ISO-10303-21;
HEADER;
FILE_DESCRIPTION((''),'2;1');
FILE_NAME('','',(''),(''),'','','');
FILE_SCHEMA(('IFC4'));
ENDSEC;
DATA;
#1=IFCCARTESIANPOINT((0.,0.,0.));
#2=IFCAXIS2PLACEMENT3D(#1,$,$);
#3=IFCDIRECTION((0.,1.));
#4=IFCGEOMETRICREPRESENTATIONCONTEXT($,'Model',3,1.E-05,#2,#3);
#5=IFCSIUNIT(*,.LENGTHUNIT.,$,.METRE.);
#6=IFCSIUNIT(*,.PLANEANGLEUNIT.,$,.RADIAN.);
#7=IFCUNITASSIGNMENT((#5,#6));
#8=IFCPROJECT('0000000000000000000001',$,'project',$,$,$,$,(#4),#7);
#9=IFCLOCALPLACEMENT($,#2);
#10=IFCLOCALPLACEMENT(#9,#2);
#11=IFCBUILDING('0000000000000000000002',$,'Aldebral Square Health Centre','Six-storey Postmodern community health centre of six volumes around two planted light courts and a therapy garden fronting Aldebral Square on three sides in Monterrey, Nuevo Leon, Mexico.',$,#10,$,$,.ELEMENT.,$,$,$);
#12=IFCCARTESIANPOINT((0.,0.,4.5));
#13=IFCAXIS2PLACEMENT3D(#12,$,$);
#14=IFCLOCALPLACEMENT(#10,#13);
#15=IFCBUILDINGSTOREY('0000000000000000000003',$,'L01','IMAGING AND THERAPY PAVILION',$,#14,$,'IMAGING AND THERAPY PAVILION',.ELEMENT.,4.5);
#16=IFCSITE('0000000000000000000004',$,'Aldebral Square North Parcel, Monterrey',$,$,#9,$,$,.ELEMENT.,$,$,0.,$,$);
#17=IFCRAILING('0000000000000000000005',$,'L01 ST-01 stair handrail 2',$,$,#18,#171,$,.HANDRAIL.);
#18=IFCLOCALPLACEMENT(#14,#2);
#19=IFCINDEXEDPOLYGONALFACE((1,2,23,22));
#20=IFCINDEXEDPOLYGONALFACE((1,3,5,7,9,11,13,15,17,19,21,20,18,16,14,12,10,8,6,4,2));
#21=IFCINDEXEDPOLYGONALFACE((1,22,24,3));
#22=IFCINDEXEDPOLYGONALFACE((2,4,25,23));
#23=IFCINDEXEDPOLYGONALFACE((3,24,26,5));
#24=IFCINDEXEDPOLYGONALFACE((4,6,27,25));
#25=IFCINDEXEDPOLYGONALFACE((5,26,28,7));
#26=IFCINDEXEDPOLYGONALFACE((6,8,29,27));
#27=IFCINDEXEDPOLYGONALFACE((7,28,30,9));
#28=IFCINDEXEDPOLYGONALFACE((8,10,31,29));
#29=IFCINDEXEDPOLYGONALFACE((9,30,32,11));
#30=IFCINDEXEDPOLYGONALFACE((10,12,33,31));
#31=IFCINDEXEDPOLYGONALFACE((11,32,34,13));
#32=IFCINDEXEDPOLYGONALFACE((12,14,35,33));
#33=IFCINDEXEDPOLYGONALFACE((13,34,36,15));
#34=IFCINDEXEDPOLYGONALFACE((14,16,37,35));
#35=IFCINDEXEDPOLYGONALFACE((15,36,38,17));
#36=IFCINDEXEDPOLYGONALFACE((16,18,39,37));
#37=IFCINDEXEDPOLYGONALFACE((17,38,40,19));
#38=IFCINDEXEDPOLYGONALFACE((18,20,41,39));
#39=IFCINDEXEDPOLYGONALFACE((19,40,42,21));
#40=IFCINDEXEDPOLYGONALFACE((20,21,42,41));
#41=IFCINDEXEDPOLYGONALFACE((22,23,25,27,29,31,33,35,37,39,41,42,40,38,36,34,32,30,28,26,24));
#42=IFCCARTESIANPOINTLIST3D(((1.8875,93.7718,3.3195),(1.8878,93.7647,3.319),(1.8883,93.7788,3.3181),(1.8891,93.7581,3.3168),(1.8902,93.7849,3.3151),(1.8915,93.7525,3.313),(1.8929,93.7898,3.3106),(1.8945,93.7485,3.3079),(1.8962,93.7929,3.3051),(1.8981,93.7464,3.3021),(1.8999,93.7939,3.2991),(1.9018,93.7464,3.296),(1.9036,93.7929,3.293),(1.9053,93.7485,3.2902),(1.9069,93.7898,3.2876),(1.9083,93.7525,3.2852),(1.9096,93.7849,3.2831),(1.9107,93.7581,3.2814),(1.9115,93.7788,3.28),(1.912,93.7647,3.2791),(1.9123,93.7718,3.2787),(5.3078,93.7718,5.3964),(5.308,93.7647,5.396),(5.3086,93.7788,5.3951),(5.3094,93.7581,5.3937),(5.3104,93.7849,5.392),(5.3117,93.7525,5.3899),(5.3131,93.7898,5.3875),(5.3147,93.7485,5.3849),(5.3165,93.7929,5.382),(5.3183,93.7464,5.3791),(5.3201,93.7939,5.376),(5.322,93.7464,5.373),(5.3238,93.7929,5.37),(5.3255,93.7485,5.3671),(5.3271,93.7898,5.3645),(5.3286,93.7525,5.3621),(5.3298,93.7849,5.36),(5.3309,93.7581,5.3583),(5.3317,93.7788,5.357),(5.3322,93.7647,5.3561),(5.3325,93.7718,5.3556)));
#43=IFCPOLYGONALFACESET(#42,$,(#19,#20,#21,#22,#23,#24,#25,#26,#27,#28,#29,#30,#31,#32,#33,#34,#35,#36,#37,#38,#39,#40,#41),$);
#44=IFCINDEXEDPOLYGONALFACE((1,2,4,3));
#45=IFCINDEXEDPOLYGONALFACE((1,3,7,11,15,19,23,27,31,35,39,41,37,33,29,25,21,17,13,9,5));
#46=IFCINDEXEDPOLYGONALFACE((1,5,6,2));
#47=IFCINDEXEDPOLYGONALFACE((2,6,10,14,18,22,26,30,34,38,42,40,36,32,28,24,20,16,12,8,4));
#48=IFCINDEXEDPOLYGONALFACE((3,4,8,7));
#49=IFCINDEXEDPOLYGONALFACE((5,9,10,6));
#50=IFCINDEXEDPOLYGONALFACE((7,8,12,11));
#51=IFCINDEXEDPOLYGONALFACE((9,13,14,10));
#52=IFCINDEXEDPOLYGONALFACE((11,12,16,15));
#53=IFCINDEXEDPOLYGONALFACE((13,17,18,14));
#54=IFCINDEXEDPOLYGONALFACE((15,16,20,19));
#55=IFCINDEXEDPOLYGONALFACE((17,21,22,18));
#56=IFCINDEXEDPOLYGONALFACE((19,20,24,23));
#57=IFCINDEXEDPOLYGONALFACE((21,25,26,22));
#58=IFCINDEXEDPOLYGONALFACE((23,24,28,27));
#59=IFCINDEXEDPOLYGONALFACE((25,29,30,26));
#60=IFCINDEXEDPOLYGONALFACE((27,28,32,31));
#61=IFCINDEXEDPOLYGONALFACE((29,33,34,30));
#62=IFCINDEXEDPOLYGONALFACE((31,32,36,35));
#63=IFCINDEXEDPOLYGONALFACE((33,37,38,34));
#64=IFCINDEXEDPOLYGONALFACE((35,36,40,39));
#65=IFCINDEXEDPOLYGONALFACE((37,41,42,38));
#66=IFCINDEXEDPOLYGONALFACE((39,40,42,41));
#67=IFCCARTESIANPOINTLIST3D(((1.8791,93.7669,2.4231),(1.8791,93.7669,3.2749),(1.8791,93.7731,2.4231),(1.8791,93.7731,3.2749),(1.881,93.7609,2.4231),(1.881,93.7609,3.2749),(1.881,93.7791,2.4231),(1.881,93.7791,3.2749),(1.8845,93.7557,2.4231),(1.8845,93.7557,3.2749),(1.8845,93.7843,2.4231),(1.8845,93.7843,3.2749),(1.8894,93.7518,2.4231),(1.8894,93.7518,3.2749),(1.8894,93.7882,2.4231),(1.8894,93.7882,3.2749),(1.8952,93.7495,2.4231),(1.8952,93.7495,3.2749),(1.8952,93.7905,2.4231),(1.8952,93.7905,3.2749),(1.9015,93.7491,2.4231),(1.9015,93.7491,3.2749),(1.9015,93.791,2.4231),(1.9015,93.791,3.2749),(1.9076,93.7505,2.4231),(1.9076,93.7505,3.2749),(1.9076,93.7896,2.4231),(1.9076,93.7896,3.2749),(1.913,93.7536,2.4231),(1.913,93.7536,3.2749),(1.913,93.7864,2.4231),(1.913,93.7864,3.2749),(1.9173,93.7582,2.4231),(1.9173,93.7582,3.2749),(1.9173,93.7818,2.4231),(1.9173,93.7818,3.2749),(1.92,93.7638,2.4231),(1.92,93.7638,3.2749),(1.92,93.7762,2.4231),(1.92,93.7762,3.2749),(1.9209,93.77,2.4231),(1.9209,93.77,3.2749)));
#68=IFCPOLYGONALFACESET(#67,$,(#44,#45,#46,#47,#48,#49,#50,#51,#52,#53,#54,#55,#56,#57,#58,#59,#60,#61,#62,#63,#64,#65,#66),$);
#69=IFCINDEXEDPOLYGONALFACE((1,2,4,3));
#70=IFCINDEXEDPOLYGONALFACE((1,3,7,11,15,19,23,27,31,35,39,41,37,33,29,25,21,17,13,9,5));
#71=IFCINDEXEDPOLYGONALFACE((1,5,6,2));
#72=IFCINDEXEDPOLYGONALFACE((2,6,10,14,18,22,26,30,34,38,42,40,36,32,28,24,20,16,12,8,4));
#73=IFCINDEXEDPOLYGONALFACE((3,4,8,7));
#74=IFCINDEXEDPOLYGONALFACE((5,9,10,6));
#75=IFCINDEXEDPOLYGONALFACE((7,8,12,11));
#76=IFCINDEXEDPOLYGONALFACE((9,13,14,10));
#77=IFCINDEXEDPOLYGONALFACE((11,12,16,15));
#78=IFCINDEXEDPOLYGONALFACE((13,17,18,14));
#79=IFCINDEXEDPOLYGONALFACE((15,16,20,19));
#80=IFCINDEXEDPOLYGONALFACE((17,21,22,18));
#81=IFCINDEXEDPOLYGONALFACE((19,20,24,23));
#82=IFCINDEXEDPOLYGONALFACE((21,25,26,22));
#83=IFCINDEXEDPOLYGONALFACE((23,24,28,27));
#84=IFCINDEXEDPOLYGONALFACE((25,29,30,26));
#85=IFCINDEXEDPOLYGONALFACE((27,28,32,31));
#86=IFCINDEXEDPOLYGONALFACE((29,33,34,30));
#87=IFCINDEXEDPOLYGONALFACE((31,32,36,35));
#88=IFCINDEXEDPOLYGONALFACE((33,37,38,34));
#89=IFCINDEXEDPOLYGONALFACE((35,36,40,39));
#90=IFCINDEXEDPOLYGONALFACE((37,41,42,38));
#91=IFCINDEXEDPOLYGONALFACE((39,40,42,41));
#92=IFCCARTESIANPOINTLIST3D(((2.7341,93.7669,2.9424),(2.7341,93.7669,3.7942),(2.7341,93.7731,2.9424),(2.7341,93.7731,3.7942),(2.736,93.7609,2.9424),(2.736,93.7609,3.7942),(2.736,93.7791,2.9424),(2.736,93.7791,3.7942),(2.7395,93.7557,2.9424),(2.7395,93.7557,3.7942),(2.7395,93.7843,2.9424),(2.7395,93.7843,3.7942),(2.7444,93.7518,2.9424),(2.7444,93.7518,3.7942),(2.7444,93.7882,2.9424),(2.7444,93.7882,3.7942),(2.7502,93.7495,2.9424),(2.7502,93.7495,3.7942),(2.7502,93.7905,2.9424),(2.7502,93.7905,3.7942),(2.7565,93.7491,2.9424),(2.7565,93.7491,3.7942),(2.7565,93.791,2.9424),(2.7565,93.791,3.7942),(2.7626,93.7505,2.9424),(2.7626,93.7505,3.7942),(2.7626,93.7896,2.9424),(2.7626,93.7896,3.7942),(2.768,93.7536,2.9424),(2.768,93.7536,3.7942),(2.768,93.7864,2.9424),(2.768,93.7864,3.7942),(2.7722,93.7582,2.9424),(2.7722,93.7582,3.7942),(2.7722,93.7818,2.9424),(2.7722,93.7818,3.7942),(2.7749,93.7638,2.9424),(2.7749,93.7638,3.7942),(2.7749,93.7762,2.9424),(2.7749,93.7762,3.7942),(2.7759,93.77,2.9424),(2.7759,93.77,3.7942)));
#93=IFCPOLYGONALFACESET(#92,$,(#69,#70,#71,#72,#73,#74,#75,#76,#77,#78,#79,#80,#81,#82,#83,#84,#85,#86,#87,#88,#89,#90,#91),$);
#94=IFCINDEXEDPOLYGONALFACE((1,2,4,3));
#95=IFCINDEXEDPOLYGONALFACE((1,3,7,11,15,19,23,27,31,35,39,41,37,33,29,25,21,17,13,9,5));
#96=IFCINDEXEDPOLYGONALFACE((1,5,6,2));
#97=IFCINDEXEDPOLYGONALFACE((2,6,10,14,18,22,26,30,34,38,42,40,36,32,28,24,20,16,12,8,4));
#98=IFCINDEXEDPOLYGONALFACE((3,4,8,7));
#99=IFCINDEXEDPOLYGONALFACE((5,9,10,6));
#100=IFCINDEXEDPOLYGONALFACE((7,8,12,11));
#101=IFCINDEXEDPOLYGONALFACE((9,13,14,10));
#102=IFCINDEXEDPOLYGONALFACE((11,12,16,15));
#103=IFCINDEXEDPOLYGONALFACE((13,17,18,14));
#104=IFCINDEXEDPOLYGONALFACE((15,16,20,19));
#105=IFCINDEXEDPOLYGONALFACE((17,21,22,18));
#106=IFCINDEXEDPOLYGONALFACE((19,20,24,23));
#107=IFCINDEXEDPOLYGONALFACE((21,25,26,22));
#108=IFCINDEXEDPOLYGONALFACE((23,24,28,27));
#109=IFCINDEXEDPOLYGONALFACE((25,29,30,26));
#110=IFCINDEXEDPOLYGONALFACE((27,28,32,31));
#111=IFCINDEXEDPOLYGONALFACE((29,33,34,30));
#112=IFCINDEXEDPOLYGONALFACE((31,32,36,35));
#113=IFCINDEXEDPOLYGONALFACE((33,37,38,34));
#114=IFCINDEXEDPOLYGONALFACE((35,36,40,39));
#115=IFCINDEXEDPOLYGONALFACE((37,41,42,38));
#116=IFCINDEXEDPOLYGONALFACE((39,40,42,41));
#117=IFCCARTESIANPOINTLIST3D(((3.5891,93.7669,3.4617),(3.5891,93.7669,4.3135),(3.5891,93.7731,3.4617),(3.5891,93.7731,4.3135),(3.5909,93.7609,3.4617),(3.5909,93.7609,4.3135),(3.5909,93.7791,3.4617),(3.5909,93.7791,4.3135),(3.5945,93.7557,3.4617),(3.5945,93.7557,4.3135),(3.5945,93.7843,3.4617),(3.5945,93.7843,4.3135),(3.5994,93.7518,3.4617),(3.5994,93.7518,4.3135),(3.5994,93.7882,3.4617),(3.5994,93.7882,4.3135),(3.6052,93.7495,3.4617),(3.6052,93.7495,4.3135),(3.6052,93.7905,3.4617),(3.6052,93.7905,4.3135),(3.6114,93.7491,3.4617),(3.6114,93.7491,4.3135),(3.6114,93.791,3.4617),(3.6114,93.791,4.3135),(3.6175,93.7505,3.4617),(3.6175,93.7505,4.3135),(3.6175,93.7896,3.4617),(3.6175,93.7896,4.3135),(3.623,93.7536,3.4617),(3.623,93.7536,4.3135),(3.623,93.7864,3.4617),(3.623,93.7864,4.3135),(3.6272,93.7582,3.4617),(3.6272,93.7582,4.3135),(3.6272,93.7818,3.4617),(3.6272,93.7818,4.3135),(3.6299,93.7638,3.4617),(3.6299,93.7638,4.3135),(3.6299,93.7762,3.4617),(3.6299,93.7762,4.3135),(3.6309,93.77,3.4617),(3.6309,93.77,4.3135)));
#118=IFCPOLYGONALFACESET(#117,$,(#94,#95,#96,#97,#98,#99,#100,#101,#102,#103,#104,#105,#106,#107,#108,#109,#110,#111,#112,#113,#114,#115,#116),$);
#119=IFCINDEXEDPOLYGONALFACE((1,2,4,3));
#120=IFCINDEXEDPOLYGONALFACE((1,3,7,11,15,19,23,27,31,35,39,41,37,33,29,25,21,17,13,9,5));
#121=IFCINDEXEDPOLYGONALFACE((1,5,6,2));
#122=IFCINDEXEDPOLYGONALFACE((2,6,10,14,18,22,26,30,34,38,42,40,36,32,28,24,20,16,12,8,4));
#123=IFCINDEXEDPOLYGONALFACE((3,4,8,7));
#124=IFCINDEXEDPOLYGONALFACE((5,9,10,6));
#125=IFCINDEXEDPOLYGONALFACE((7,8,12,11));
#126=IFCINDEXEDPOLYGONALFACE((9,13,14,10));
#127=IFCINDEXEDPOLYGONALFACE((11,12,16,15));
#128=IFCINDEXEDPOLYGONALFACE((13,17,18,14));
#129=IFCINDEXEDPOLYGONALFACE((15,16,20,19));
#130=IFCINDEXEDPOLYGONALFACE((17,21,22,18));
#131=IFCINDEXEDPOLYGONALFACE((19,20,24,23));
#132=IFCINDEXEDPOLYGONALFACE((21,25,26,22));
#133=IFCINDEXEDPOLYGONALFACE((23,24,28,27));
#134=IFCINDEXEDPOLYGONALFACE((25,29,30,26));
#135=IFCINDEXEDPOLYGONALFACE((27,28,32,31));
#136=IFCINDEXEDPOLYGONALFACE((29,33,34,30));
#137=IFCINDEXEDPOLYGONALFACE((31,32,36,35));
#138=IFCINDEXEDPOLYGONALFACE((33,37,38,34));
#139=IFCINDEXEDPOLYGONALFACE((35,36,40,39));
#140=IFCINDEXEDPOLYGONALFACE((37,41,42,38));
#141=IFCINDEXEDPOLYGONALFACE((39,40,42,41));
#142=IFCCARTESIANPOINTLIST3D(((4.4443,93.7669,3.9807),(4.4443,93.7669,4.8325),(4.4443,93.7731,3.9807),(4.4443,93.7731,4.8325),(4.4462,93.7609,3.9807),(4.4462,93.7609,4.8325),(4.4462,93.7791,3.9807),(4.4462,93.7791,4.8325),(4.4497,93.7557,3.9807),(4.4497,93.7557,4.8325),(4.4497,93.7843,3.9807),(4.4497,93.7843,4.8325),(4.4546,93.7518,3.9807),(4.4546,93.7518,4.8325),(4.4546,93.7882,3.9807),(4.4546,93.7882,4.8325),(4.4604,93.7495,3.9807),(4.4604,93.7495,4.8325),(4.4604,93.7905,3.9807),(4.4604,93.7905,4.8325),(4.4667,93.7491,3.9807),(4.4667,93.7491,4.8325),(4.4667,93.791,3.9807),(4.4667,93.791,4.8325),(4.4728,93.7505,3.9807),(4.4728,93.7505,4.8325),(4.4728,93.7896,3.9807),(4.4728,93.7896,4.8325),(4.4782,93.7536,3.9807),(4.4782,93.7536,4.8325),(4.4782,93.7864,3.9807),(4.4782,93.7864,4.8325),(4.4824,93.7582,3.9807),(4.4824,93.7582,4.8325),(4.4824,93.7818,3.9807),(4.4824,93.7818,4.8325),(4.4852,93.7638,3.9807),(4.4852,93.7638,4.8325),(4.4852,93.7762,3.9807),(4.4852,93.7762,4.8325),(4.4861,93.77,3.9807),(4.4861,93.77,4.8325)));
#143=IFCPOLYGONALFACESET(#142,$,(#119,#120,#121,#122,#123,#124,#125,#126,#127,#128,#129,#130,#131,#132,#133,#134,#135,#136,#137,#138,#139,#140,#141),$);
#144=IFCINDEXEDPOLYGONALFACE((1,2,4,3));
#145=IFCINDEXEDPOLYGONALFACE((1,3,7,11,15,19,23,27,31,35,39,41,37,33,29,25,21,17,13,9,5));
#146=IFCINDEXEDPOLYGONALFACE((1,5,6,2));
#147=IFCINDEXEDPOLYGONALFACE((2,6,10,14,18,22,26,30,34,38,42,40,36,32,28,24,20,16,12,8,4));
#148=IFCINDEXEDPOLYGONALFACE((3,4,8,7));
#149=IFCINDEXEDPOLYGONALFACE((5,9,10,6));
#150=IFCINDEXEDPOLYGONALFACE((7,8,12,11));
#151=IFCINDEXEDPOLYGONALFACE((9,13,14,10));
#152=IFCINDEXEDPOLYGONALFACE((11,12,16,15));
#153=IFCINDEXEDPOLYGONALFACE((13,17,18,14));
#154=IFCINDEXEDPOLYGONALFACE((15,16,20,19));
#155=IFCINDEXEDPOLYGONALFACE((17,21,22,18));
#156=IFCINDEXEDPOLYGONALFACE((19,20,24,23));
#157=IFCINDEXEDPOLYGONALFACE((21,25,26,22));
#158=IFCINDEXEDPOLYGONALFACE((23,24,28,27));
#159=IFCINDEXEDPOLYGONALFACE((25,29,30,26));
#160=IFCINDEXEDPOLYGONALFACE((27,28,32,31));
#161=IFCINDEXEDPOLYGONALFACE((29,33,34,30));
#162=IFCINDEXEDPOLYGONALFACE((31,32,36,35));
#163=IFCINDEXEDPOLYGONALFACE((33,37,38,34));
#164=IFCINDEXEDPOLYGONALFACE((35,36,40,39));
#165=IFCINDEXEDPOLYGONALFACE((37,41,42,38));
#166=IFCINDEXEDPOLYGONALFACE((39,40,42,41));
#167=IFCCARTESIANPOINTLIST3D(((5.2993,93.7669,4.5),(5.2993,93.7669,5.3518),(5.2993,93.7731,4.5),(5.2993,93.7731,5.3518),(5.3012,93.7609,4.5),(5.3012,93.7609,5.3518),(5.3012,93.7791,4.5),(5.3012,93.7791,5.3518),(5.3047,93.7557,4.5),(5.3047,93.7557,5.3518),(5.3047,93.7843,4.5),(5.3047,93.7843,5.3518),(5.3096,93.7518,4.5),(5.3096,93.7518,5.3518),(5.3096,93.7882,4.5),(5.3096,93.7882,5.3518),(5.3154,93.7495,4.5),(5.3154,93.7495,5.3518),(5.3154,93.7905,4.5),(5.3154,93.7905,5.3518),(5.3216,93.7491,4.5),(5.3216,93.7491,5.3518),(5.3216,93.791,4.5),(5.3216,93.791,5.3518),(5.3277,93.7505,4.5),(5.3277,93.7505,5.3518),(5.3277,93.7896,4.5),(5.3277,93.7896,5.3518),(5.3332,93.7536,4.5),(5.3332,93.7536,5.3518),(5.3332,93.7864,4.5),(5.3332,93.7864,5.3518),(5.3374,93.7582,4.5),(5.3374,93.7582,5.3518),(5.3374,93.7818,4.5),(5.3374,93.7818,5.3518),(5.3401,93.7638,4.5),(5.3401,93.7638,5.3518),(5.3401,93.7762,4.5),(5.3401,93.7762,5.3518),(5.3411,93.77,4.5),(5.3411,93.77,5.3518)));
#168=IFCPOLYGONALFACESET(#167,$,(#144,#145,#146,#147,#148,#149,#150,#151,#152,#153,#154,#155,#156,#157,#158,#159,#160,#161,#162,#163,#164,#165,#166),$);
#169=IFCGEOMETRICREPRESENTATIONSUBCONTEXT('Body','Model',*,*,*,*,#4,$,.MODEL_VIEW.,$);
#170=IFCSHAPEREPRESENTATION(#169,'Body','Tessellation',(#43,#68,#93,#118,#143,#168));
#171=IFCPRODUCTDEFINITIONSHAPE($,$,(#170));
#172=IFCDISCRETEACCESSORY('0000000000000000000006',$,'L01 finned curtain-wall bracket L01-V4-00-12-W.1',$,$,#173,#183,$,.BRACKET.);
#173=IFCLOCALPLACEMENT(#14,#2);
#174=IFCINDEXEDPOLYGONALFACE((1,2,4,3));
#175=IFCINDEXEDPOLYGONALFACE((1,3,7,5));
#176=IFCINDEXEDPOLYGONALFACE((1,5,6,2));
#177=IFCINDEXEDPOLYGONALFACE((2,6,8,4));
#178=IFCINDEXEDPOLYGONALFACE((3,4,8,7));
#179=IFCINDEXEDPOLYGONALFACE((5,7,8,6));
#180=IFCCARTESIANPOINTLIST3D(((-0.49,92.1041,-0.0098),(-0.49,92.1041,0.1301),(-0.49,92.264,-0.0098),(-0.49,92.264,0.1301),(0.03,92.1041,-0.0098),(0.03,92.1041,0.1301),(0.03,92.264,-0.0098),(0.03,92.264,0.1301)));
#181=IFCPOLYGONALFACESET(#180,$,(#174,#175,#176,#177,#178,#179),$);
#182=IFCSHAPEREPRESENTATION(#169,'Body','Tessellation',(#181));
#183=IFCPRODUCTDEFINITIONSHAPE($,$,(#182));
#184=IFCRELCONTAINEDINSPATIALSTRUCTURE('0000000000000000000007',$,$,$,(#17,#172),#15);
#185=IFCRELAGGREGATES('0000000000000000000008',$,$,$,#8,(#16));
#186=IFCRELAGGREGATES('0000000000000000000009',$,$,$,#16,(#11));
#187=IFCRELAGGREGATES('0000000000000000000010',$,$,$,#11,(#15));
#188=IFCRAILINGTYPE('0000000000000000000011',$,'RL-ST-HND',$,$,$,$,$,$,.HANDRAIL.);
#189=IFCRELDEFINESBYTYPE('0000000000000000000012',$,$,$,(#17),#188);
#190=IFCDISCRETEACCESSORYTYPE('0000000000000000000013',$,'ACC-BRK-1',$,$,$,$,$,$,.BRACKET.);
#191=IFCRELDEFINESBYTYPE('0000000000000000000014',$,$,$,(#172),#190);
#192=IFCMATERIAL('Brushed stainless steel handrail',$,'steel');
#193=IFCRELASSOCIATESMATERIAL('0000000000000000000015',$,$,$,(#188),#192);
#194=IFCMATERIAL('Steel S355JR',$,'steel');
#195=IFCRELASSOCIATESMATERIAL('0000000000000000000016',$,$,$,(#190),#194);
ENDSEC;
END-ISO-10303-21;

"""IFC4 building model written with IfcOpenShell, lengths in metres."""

from ifc_helpers import new_model, si_unit, direction, frame, origin, origin_2d, place, context, subcontext, project, spatial, rectangle, circle, extrude, material, type_object, element, save


model = new_model("IFC4")

# Units and contexts
model_context = context("Model", 3, precision=1e-05, world=origin(), true_north=direction((0.0, 1.0)))
body_context = subcontext(model_context, "Body", "Model", "MODEL_VIEW")
ifc_project = project(units=[si_unit("LENGTHUNIT", "METRE"), si_unit("PLANEANGLEUNIT", "RADIAN")], contexts=[model_context])

# Site, building, storey
site_placement = place(None, origin())
site = spatial("IfcSite", under=ifc_project, at=site_placement, Name="Aldebral Square North Parcel, Monterrey", CompositionType="ELEMENT", RefElevation=0.0)
building_placement = place(site_placement, origin())
building = spatial("IfcBuilding", under=site, at=building_placement, Name="Aldebral Square Health Centre", Description="Six-storey Postmodern community health centre of six volumes around two planted light courts and a therapy garden fronting Aldebral Square on three sides in Monterrey, Nuevo Leon, Mexico.", CompositionType="ELEMENT")
storey_placement = place(building_placement, frame((0.0, 0.0, 4.5)))
storey = spatial("IfcBuildingStorey", under=building, at=storey_placement, Name="L01", Description="IMAGING AND THERAPY PAVILION", LongName="IMAGING AND THERAPY PAVILION", CompositionType="ELEMENT", Elevation=4.5)

# Railing
ifc_material_1 = material(Name="Brushed stainless steel handrail", Category="steel")
railing_type_1 = type_object("IfcRailingType", Name="RL-ST-HND", PredefinedType="HANDRAIL", material=ifc_material_1)
railing_1_placement = place(storey_placement, frame((1.8999, 93.77, 2.4231)))
element("IfcRailing", 1, at=railing_1_placement, inside=storey, type_object=railing_type_1, Name="L01 ST-01 stair handrail 2", PredefinedType="HANDRAIL", context=body_context, shape_type="SweptSolid", body=[
    extrude(circle(Radius=0.0239, at=origin_2d()), frame((0.0, 0.0, 0.876), z_axis=(0.854746, 0.0, 0.519047), x_axis=(0.0, 1.0, 0.0)), (0.0, 0.0, 1.0), 4.0015),
    extrude(circle(Radius=0.021, at=origin_2d()), origin(), (0.0, 0.0, 1.0), 0.8518),
    extrude(circle(Radius=0.021, at=origin_2d()), frame((0.855, 0.0, 0.5193)), (0.0, 0.0, 1.0), 0.8518),
    extrude(circle(Radius=0.021, at=origin_2d()), frame((1.71, 0.0, 1.0386)), (0.0, 0.0, 1.0), 0.8518),
    extrude(circle(Radius=0.021, at=origin_2d()), frame((2.5652, 0.0, 1.5576)), (0.0, 0.0, 1.0), 0.8518),
    extrude(circle(Radius=0.021, at=origin_2d()), frame((3.4202, 0.0, 2.0769)), (0.0, 0.0, 1.0), 0.8518),
])

# Discrete accessory
ifc_material_2 = material(Name="Steel S355JR", Category="steel")
discrete_accessory_type = type_object("IfcDiscreteAccessoryType", Name="ACC-BRK-1", PredefinedType="BRACKET", material=ifc_material_2)
discrete_accessory_placement = place(storey_placement, frame((-0.23, 92.1841, -0.0098), z_axis=(0.0, 0.0, 1.0), x_axis=(0.0, 1.0, 0.0)))
element("IfcDiscreteAccessory", 2, at=discrete_accessory_placement, inside=storey, type_object=discrete_accessory_type, Name="L01 finned curtain-wall bracket L01-V4-00-12-W.1", PredefinedType="BRACKET", context=body_context, shape_type="SweptSolid", body=[
    extrude(rectangle(XDim=0.1599, YDim=0.52, at=origin_2d()), origin(), (0.0, 0.0, 1.0), 0.1399),
])

save(model, "model.ifc")
